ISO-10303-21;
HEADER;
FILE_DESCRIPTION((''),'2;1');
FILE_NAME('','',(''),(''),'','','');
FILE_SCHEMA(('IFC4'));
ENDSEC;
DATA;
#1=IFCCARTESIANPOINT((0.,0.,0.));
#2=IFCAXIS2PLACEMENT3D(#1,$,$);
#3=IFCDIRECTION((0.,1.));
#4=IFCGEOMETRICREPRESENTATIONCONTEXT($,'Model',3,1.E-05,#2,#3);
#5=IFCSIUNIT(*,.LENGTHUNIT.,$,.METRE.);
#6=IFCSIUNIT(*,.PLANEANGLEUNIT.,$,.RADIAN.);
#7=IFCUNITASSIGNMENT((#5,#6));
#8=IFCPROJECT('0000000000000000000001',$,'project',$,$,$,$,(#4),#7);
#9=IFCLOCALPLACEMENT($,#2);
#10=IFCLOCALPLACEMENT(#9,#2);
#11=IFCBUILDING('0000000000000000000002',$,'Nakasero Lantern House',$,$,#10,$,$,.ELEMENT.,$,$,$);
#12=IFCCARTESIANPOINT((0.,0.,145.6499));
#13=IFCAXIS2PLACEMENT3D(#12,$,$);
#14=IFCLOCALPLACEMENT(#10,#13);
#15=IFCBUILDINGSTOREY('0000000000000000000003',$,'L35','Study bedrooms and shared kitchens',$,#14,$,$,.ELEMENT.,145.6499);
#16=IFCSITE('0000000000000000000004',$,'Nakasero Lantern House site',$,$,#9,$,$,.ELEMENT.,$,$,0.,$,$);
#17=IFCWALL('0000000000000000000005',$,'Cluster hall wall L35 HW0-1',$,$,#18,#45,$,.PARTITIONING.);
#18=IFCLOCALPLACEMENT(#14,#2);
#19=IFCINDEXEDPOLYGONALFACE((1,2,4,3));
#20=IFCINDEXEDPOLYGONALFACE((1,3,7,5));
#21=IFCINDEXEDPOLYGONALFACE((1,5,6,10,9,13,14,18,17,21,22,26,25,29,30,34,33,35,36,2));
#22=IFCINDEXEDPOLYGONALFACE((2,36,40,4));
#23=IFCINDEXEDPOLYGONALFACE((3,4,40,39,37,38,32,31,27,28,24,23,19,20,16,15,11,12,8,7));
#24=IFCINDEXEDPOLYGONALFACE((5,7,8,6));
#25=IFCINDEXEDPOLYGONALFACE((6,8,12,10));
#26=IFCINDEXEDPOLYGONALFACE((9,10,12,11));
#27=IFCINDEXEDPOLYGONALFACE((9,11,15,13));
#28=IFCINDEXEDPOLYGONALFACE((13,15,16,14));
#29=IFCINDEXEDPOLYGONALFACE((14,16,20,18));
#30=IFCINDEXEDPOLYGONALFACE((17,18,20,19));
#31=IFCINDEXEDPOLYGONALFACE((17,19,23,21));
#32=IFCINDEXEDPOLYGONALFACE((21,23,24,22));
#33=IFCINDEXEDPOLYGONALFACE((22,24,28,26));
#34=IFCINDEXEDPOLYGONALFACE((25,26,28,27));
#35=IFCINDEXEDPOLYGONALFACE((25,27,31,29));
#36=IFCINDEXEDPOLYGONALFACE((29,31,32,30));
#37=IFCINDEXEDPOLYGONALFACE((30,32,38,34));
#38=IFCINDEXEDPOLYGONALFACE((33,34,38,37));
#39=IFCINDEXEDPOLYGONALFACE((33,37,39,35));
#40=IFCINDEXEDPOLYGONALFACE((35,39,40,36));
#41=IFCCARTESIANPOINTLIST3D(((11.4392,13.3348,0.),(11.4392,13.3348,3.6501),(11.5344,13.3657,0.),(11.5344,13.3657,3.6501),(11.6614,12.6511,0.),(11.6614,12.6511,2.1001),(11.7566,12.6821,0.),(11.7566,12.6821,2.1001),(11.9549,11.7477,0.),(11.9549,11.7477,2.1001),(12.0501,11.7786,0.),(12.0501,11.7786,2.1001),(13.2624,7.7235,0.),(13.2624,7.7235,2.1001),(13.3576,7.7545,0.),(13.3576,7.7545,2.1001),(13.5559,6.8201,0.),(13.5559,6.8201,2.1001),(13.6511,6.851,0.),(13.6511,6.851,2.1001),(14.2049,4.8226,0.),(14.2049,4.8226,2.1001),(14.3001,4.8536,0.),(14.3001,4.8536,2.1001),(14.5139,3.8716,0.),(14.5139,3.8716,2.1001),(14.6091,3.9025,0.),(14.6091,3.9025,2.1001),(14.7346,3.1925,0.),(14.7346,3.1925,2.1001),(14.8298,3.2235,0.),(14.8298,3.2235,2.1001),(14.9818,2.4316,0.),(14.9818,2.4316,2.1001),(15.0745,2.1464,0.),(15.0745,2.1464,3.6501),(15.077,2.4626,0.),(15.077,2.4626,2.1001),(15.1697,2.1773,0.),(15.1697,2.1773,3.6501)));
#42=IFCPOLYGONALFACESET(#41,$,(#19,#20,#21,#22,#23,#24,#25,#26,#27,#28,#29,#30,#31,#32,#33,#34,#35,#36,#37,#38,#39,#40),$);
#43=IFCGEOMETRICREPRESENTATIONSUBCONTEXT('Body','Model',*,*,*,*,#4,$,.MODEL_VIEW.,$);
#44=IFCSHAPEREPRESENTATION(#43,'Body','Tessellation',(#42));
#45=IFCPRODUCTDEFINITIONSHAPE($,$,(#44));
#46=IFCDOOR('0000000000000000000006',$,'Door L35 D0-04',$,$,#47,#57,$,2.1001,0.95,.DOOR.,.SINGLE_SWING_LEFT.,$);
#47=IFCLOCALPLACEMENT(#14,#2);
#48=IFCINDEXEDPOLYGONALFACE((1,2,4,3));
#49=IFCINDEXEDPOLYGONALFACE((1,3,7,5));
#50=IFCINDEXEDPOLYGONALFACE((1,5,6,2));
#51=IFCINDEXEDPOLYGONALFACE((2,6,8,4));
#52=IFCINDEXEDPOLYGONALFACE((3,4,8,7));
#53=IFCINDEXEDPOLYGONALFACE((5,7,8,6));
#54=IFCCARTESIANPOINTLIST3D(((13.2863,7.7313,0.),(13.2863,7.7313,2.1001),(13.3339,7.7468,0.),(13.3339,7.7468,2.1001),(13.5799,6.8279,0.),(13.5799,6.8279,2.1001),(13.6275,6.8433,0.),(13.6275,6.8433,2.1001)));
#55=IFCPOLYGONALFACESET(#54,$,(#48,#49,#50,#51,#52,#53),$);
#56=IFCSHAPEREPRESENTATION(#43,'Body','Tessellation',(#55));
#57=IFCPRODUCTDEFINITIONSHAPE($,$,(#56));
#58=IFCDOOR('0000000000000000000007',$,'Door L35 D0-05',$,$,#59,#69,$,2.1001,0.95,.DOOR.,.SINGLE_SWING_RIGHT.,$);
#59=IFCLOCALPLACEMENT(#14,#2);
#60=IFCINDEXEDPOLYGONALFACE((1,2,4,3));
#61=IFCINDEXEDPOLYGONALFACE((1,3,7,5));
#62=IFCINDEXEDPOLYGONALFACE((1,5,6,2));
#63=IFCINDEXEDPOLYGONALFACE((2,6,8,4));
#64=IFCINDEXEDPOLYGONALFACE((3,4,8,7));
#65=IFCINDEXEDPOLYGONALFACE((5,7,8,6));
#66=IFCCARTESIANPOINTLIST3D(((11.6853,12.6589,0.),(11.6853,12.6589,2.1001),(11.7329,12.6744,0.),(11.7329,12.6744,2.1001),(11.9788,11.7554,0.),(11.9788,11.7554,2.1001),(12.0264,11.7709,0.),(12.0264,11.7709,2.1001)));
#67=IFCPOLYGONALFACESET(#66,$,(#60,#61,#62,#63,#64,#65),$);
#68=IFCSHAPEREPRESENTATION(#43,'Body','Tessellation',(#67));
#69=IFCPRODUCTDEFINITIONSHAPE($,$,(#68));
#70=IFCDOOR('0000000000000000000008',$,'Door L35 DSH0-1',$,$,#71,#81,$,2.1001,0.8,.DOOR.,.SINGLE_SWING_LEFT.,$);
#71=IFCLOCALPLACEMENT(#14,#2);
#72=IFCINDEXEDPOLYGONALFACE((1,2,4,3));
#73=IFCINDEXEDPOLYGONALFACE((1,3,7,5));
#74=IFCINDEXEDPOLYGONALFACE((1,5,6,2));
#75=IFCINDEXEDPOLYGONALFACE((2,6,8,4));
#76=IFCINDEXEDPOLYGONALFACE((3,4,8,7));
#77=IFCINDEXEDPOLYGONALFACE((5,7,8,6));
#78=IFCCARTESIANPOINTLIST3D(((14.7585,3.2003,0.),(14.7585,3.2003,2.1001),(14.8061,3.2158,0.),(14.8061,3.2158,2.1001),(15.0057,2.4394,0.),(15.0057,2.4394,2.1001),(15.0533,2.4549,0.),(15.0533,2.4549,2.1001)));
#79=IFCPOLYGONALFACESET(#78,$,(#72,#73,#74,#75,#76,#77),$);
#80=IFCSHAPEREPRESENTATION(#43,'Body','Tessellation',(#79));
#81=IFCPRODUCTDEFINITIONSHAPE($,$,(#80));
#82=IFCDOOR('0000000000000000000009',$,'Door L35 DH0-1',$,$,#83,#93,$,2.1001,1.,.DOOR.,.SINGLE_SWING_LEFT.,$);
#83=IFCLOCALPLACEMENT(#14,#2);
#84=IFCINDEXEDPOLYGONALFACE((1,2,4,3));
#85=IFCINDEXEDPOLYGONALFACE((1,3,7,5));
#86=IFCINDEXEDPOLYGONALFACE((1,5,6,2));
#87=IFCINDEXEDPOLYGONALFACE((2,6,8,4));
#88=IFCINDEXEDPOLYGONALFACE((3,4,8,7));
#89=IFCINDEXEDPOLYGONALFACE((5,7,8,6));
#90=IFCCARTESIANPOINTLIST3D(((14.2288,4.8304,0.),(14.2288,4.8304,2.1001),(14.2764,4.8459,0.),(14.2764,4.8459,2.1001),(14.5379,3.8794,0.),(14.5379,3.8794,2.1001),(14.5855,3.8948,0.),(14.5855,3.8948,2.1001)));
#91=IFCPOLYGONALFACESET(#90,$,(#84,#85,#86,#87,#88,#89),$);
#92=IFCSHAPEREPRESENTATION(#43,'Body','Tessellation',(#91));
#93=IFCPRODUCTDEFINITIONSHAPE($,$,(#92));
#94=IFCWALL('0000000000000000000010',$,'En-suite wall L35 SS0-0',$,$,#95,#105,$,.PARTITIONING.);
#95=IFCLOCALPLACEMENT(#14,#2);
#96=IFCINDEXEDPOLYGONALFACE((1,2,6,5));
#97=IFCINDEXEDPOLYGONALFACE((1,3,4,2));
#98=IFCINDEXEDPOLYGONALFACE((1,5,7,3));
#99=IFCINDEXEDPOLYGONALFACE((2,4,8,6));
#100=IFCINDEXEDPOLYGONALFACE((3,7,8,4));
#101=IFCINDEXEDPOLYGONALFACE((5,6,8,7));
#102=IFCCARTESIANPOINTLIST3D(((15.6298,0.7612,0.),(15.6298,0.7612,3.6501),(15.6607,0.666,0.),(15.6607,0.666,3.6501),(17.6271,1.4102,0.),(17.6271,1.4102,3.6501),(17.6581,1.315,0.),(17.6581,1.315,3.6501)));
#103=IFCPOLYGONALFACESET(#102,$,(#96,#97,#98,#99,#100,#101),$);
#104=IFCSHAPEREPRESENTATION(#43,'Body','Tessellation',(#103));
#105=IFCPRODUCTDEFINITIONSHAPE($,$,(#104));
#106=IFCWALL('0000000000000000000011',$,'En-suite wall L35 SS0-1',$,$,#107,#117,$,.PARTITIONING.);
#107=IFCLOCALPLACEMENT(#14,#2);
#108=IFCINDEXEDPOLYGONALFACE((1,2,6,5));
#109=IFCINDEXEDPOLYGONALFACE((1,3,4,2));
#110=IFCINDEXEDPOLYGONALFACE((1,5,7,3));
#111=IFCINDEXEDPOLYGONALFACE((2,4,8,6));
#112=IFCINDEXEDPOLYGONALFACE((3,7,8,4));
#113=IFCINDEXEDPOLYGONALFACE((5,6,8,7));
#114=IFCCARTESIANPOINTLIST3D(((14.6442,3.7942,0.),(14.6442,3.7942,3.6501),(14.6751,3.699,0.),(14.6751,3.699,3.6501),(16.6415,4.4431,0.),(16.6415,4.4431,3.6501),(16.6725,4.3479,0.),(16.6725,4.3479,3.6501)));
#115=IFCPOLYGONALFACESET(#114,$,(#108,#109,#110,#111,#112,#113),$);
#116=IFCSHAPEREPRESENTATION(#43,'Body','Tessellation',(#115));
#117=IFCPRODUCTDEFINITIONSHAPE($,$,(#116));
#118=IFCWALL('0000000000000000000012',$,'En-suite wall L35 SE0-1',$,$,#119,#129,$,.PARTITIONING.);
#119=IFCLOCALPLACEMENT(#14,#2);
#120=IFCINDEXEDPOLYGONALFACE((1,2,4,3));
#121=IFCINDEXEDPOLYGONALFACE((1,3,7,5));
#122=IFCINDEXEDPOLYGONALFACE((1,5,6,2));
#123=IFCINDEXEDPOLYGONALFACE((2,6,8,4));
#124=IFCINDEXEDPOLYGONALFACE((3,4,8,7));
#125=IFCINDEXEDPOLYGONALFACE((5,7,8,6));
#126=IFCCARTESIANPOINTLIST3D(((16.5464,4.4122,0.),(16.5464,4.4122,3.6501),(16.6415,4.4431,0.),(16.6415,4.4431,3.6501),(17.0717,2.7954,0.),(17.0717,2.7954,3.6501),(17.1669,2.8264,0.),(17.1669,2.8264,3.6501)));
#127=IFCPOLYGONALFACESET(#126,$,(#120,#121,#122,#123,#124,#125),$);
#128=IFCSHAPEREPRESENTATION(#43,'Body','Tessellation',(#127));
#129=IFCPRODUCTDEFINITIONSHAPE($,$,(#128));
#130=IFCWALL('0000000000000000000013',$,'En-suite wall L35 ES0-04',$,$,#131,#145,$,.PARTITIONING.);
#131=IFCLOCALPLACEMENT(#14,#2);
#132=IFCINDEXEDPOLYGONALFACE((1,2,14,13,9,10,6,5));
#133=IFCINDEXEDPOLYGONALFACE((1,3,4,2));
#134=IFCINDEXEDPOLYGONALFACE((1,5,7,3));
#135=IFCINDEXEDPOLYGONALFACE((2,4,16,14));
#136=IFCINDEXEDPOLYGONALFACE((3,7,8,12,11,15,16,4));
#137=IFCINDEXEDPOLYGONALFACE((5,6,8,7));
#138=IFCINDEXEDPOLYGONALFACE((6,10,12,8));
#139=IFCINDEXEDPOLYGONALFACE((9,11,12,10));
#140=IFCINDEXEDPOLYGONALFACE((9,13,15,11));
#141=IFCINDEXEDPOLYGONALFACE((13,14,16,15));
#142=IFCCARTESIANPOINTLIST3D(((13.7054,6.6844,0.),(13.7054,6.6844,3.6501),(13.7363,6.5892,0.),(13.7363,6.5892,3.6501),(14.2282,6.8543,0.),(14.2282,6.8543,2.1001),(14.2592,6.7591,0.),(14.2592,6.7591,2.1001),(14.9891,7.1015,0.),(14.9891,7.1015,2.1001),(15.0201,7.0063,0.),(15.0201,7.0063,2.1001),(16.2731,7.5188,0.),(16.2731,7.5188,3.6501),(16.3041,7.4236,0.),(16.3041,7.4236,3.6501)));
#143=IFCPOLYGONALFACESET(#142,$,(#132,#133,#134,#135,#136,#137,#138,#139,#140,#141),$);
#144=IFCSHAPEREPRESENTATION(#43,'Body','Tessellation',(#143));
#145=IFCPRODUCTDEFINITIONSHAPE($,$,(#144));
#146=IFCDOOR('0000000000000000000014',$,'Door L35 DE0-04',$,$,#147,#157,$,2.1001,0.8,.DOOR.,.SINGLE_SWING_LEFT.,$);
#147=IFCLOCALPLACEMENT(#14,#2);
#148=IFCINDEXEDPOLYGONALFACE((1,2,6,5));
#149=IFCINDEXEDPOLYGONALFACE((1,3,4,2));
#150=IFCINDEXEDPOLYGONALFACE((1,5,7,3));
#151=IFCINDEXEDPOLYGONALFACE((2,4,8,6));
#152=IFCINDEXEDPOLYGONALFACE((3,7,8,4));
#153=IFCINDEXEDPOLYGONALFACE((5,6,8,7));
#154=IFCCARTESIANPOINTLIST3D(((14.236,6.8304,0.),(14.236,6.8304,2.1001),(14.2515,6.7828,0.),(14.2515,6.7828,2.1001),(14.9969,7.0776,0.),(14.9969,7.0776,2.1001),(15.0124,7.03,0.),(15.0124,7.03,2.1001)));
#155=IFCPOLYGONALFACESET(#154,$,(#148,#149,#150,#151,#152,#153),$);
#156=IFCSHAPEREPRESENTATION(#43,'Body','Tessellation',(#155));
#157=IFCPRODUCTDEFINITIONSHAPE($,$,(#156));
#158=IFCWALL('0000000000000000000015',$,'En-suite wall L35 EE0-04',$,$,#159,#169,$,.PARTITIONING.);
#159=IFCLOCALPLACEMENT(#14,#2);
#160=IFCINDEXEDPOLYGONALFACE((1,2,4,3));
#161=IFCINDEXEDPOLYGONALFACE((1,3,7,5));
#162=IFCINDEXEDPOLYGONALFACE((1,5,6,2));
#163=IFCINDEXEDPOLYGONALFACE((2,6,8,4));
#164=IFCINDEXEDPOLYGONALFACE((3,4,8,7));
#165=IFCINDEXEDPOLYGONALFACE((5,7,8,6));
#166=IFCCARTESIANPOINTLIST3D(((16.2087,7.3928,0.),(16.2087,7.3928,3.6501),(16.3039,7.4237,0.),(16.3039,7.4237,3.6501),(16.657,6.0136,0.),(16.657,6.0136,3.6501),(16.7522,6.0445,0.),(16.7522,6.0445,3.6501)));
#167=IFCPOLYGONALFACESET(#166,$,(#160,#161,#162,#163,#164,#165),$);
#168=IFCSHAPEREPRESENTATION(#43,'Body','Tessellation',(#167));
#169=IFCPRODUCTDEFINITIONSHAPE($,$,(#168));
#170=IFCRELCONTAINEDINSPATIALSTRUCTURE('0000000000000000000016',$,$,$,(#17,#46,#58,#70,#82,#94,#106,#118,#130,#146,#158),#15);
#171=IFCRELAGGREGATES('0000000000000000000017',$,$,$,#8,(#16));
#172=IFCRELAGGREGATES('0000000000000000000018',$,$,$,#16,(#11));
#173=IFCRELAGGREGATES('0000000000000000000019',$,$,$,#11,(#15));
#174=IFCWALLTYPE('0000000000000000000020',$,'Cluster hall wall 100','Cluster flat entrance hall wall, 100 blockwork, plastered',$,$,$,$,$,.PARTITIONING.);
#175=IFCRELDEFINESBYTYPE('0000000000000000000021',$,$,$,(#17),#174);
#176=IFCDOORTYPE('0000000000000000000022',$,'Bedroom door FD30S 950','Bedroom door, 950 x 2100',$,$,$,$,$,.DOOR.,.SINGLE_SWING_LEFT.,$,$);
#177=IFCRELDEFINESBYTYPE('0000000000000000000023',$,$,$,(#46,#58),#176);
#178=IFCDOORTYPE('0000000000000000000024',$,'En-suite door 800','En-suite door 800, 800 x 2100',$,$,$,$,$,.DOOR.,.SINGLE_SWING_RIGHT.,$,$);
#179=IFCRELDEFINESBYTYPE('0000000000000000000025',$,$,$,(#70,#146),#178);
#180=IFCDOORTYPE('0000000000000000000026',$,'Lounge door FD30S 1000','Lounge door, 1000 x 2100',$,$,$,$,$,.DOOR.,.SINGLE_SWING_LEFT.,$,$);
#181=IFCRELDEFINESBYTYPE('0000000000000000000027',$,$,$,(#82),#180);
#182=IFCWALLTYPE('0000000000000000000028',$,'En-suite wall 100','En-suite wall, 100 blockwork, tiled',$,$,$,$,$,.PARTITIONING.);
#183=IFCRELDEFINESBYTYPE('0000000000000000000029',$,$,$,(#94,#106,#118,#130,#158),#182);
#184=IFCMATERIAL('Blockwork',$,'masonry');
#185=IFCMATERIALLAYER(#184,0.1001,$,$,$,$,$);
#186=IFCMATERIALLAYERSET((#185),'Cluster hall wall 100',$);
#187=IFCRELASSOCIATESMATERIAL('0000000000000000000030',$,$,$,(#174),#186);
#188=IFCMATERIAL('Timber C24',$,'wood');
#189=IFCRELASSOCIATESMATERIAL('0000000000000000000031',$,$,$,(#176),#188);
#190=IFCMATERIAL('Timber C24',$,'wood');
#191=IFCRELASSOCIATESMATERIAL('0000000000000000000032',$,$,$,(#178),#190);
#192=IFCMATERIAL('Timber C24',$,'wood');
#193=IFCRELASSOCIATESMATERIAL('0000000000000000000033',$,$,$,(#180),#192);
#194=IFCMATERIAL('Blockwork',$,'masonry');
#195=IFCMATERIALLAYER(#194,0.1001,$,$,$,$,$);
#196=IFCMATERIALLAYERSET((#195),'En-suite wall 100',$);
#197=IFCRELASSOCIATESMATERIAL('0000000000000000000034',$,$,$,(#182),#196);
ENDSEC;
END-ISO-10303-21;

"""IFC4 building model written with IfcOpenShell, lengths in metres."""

from ifc_helpers import new_model, si_unit, direction, frame, frame_2d, origin, place, context, subcontext, project, spatial, rectangle, extrude, material, layer, layer_set, type_object, element, fill, save


model = new_model("IFC4")

# Units and contexts
model_context = context("Model", 3, precision=1e-05, world=origin(), true_north=direction((0.0, 1.0)))
body_context = subcontext(model_context, "Body", "Model", "MODEL_VIEW")
ifc_project = project(units=[si_unit("LENGTHUNIT", "METRE"), si_unit("PLANEANGLEUNIT", "RADIAN")], contexts=[model_context])

# Site, building, storey
site_placement = place(None, origin())
site = spatial("IfcSite", under=ifc_project, at=site_placement, Name="Nakasero Lantern House site", CompositionType="ELEMENT", RefElevation=0.0)
building_placement = place(site_placement, origin())
building = spatial("IfcBuilding", under=site, at=building_placement, Name="Nakasero Lantern House", CompositionType="ELEMENT")
storey_placement = place(building_placement, frame((0.0, 0.0, 145.6499)))
storey = spatial("IfcBuildingStorey", under=building, at=storey_placement, Name="L35", Description="Study bedrooms and shared kitchens", CompositionType="ELEMENT", Elevation=145.6499)

# Wall, openings, doors
ifc_material_1 = material(Name="Blockwork", Category="masonry")
ifc_layer_1 = layer(ifc_material_1, 0.1001)
ifc_layer_set_1 = layer_set([ifc_layer_1], Name="Cluster hall wall 100")
wall_type_1 = type_object("IfcWallType", Name="Cluster hall wall 100", Description="Cluster flat entrance hall wall, 100 blockwork, plastered", PredefinedType="PARTITIONING", material=ifc_layer_set_1)
wall_1_placement = place(storey_placement, frame((15.1221, 2.1619, 0.0), z_axis=(0.0, 0.0, 1.0), x_axis=(-0.309009, 0.951059, 0.0)))
wall_1 = element("IfcWall", 1, at=wall_1_placement, inside=storey, type_object=wall_type_1, Name="Cluster hall wall L35 HW0-1", PredefinedType="PARTITIONING", context=body_context, shape_type="SweptSolid", body=[
    extrude(rectangle(XDim=11.7642, YDim=0.1001, at=frame_2d((5.8821, 0.0))), origin(), (0.0, 0.0, 1.0), 3.6501),
])
opening_1_placement = place(wall_1_placement, frame((1.814, 0.0, 0.0)))
opening_1 = element("IfcOpeningElement", 2, at=opening_1_placement, cuts=wall_1, PredefinedType="OPENING", context=body_context, shape_type="SweptSolid", body=[
    extrude(rectangle(XDim=1.0, YDim=2.1001, at=frame_2d((0.5, 1.05))), frame((0.0, 0.0701, 0.0), z_axis=(0.0, -1.0, 0.0), x_axis=(1.0, 0.0, 0.0)), (0.0, 0.0, 1.0), 0.1401),
])
opening_2_placement = place(wall_1_placement, frame((0.3, 0.0, 0.0)))
opening_2 = element("IfcOpeningElement", 3, at=opening_2_placement, cuts=wall_1, PredefinedType="OPENING", context=body_context, shape_type="SweptSolid", body=[
    extrude(rectangle(XDim=0.8, YDim=2.1001, at=frame_2d((0.3999, 1.05))), frame((0.0, 0.0701, 0.0), z_axis=(0.0, -1.0, 0.0), x_axis=(1.0, 0.0, 0.0)), (0.0, 0.0, 1.0), 0.1401),
])
opening_3_placement = place(wall_1_placement, frame((4.9141, 0.0, 0.0)))
opening_3 = element("IfcOpeningElement", 4, at=opening_3_placement, cuts=wall_1, PredefinedType="OPENING", context=body_context, shape_type="SweptSolid", body=[
    extrude(rectangle(XDim=0.95, YDim=2.1001, at=frame_2d((0.4751, 1.05))), frame((0.0, 0.0701, 0.0), z_axis=(0.0, -1.0, 0.0), x_axis=(1.0, 0.0, 0.0)), (0.0, 0.0, 1.0), 0.1401),
])
opening_4_placement = place(wall_1_placement, frame((10.0952, 0.0, 0.0)))
opening_4 = element("IfcOpeningElement", 5, at=opening_4_placement, cuts=wall_1, PredefinedType="OPENING", context=body_context, shape_type="SweptSolid", body=[
    extrude(rectangle(XDim=0.95, YDim=2.1001, at=frame_2d((0.4751, 1.05))), frame((0.0, 0.0701, 0.0), z_axis=(0.0, -1.0, 0.0), x_axis=(1.0, 0.0, 0.0)), (0.0, 0.0, 1.0), 0.1401),
])
ifc_material_2 = material(Name="Timber C24", Category="wood")
door_type_1 = type_object("IfcDoorType", Name="Bedroom door FD30S 950", Description="Bedroom door, 950 x 2100", OperationType="SINGLE_SWING_LEFT", PredefinedType="DOOR", material=ifc_material_2)
door_1_placement = place(opening_3_placement, origin())
door_1 = element("IfcDoor", 6, at=door_1_placement, inside=storey, type_object=door_type_1, Name="Door L35 D0-04", OperationType="SINGLE_SWING_LEFT", OverallHeight=2.1001, OverallWidth=0.95, PredefinedType="DOOR", context=body_context, shape_type="SweptSolid", body=[
    extrude(rectangle(XDim=0.95, YDim=2.1001, at=frame_2d((0.4751, 1.05))), frame((0.0, 0.0249, 0.0), z_axis=(0.0, -1.0, 0.0), x_axis=(1.0, 0.0, 0.0)), (0.0, 0.0, 1.0), 0.05),
])
fill(opening_3, door_1)
door_2_placement = place(opening_4_placement, origin())
door_2 = element("IfcDoor", 7, at=door_2_placement, inside=storey, type_object=door_type_1, Name="Door L35 D0-05", OperationType="SINGLE_SWING_RIGHT", OverallHeight=2.1001, OverallWidth=0.95, PredefinedType="DOOR", context=body_context, shape_type="SweptSolid", body=[
    extrude(rectangle(XDim=0.95, YDim=2.1001, at=frame_2d((0.4751, 1.05))), frame((0.0, 0.0249, 0.0), z_axis=(0.0, -1.0, 0.0), x_axis=(1.0, 0.0, 0.0)), (0.0, 0.0, 1.0), 0.05),
])
fill(opening_4, door_2)
ifc_material_3 = material(Name="Timber C24", Category="wood")
door_type_2 = type_object("IfcDoorType", Name="En-suite door 800", Description="En-suite door 800, 800 x 2100", OperationType="SINGLE_SWING_RIGHT", PredefinedType="DOOR", material=ifc_material_3)
door_3_placement = place(opening_2_placement, origin())
door_3 = element("IfcDoor", 8, at=door_3_placement, inside=storey, type_object=door_type_2, Name="Door L35 DSH0-1", OperationType="SINGLE_SWING_LEFT", OverallHeight=2.1001, OverallWidth=0.8, PredefinedType="DOOR", context=body_context, shape_type="SweptSolid", body=[
    extrude(rectangle(XDim=0.8, YDim=2.1001, at=frame_2d((0.3999, 1.05))), frame((0.0, 0.0249, 0.0), z_axis=(0.0, -1.0, 0.0), x_axis=(1.0, 0.0, 0.0)), (0.0, 0.0, 1.0), 0.05),
])
fill(opening_2, door_3)
ifc_material_4 = material(Name="Timber C24", Category="wood")
door_type_3 = type_object("IfcDoorType", Name="Lounge door FD30S 1000", Description="Lounge door, 1000 x 2100", OperationType="SINGLE_SWING_LEFT", PredefinedType="DOOR", material=ifc_material_4)
door_4_placement = place(opening_1_placement, origin())
door_4 = element("IfcDoor", 9, at=door_4_placement, inside=storey, type_object=door_type_3, Name="Door L35 DH0-1", OperationType="SINGLE_SWING_LEFT", OverallHeight=2.1001, OverallWidth=1.0, PredefinedType="DOOR", context=body_context, shape_type="SweptSolid", body=[
    extrude(rectangle(XDim=1.0, YDim=2.1001, at=frame_2d((0.5, 1.05))), frame((0.0, 0.0249, 0.0), z_axis=(0.0, -1.0, 0.0), x_axis=(1.0, 0.0, 0.0)), (0.0, 0.0, 1.0), 0.05),
])
fill(opening_1, door_4)

# Walls
ifc_material_5 = material(Name="Blockwork", Category="masonry")
ifc_layer_2 = layer(ifc_material_5, 0.1001)
ifc_layer_set_2 = layer_set([ifc_layer_2], Name="En-suite wall 100")
wall_type_2 = type_object("IfcWallType", Name="En-suite wall 100", Description="En-suite wall, 100 blockwork, tiled", PredefinedType="PARTITIONING", material=ifc_layer_set_2)
for number, where, z_axis, x_axis, name in (
    (10, (15.6453, 0.7136, 0.0), (0.0, 0.0, 1.0), (0.951062, 0.308999, 0.0), "En-suite wall L35 SS0-0"),
    (11, (14.6597, 3.7466, 0.0), (0.0, 0.0, 1.0), (0.951062, 0.308999, 0.0), "En-suite wall L35 SS0-1"),
):
    element("IfcWall", number, at=place(storey_placement, frame(where, z_axis=z_axis, x_axis=x_axis)), inside=storey, type_object=wall_type_2, Name=name, PredefinedType="PARTITIONING", context=body_context, shape_type="SweptSolid", body=[
        extrude(rectangle(XDim=2.1001, YDim=0.1001, at=frame_2d((1.05, 0.0))), origin(), (0.0, 0.0, 1.0), 3.6501),
    ])
wall_2_placement = place(storey_placement, frame((17.1194, 2.8108, 0.0), z_axis=(0.0, 0.0, 1.0), x_axis=(-0.309067, 0.95104, 0.0)))
element("IfcWall", 12, at=wall_2_placement, inside=storey, type_object=wall_type_2, Name="En-suite wall L35 SE0-1", PredefinedType="PARTITIONING", context=body_context, shape_type="SweptSolid", body=[
    extrude(rectangle(XDim=1.7, YDim=0.1001, at=frame_2d((0.8501, 0.0))), origin(), (0.0, 0.0, 1.0), 3.6501),
])

# Wall, opening, door
wall_3_placement = place(storey_placement, frame((13.7207, 6.6367, 0.0), z_axis=(0.0, 0.0, 1.0), x_axis=(0.951043, 0.309057, 0.0)))
wall_3 = element("IfcWall", 13, at=wall_3_placement, inside=storey, type_object=wall_type_2, Name="En-suite wall L35 ES0-04", PredefinedType="PARTITIONING", context=body_context, shape_type="SweptSolid", body=[
    extrude(rectangle(XDim=2.7, YDim=0.1001, at=frame_2d((1.3501, 0.0))), origin(), (0.0, 0.0, 1.0), 3.6501),
])
opening_5_placement = place(wall_3_placement, frame((0.55, 0.0, 0.0)))
opening_5 = element("IfcOpeningElement", 14, at=opening_5_placement, cuts=wall_3, PredefinedType="OPENING", context=body_context, shape_type="SweptSolid", body=[
    extrude(rectangle(XDim=0.8, YDim=2.1001, at=frame_2d((0.3999, 1.05))), frame((0.0, 0.0701, 0.0), z_axis=(0.0, -1.0, 0.0), x_axis=(1.0, 0.0, 0.0)), (0.0, 0.0, 1.0), 0.1401),
])
door_5_placement = place(opening_5_placement, origin())
door_5 = element("IfcDoor", 15, at=door_5_placement, inside=storey, type_object=door_type_2, Name="Door L35 DE0-04", OperationType="SINGLE_SWING_LEFT", OverallHeight=2.1001, OverallWidth=0.8, PredefinedType="DOOR", context=body_context, shape_type="SweptSolid", body=[
    extrude(rectangle(XDim=0.8, YDim=2.1001, at=frame_2d((0.3999, 1.05))), frame((0.0, 0.0249, 0.0), z_axis=(0.0, -1.0, 0.0), x_axis=(1.0, 0.0, 0.0)), (0.0, 0.0, 1.0), 0.05),
])
fill(opening_5, door_5)

# Wall
wall_4_placement = place(storey_placement, frame((16.7046, 6.0291, 0.0), z_axis=(0.0, 0.0, 1.0), x_axis=(-0.309097, 0.95103, 0.0)))
element("IfcWall", 16, at=wall_4_placement, inside=storey, type_object=wall_type_2, Name="En-suite wall L35 EE0-04", PredefinedType="PARTITIONING", context=body_context, shape_type="SweptSolid", body=[
    extrude(rectangle(XDim=1.4502, YDim=0.1001, at=frame_2d((0.7251, 0.0))), origin(), (0.0, 0.0, 1.0), 3.6501),
])

save(model, "model.ifc")
